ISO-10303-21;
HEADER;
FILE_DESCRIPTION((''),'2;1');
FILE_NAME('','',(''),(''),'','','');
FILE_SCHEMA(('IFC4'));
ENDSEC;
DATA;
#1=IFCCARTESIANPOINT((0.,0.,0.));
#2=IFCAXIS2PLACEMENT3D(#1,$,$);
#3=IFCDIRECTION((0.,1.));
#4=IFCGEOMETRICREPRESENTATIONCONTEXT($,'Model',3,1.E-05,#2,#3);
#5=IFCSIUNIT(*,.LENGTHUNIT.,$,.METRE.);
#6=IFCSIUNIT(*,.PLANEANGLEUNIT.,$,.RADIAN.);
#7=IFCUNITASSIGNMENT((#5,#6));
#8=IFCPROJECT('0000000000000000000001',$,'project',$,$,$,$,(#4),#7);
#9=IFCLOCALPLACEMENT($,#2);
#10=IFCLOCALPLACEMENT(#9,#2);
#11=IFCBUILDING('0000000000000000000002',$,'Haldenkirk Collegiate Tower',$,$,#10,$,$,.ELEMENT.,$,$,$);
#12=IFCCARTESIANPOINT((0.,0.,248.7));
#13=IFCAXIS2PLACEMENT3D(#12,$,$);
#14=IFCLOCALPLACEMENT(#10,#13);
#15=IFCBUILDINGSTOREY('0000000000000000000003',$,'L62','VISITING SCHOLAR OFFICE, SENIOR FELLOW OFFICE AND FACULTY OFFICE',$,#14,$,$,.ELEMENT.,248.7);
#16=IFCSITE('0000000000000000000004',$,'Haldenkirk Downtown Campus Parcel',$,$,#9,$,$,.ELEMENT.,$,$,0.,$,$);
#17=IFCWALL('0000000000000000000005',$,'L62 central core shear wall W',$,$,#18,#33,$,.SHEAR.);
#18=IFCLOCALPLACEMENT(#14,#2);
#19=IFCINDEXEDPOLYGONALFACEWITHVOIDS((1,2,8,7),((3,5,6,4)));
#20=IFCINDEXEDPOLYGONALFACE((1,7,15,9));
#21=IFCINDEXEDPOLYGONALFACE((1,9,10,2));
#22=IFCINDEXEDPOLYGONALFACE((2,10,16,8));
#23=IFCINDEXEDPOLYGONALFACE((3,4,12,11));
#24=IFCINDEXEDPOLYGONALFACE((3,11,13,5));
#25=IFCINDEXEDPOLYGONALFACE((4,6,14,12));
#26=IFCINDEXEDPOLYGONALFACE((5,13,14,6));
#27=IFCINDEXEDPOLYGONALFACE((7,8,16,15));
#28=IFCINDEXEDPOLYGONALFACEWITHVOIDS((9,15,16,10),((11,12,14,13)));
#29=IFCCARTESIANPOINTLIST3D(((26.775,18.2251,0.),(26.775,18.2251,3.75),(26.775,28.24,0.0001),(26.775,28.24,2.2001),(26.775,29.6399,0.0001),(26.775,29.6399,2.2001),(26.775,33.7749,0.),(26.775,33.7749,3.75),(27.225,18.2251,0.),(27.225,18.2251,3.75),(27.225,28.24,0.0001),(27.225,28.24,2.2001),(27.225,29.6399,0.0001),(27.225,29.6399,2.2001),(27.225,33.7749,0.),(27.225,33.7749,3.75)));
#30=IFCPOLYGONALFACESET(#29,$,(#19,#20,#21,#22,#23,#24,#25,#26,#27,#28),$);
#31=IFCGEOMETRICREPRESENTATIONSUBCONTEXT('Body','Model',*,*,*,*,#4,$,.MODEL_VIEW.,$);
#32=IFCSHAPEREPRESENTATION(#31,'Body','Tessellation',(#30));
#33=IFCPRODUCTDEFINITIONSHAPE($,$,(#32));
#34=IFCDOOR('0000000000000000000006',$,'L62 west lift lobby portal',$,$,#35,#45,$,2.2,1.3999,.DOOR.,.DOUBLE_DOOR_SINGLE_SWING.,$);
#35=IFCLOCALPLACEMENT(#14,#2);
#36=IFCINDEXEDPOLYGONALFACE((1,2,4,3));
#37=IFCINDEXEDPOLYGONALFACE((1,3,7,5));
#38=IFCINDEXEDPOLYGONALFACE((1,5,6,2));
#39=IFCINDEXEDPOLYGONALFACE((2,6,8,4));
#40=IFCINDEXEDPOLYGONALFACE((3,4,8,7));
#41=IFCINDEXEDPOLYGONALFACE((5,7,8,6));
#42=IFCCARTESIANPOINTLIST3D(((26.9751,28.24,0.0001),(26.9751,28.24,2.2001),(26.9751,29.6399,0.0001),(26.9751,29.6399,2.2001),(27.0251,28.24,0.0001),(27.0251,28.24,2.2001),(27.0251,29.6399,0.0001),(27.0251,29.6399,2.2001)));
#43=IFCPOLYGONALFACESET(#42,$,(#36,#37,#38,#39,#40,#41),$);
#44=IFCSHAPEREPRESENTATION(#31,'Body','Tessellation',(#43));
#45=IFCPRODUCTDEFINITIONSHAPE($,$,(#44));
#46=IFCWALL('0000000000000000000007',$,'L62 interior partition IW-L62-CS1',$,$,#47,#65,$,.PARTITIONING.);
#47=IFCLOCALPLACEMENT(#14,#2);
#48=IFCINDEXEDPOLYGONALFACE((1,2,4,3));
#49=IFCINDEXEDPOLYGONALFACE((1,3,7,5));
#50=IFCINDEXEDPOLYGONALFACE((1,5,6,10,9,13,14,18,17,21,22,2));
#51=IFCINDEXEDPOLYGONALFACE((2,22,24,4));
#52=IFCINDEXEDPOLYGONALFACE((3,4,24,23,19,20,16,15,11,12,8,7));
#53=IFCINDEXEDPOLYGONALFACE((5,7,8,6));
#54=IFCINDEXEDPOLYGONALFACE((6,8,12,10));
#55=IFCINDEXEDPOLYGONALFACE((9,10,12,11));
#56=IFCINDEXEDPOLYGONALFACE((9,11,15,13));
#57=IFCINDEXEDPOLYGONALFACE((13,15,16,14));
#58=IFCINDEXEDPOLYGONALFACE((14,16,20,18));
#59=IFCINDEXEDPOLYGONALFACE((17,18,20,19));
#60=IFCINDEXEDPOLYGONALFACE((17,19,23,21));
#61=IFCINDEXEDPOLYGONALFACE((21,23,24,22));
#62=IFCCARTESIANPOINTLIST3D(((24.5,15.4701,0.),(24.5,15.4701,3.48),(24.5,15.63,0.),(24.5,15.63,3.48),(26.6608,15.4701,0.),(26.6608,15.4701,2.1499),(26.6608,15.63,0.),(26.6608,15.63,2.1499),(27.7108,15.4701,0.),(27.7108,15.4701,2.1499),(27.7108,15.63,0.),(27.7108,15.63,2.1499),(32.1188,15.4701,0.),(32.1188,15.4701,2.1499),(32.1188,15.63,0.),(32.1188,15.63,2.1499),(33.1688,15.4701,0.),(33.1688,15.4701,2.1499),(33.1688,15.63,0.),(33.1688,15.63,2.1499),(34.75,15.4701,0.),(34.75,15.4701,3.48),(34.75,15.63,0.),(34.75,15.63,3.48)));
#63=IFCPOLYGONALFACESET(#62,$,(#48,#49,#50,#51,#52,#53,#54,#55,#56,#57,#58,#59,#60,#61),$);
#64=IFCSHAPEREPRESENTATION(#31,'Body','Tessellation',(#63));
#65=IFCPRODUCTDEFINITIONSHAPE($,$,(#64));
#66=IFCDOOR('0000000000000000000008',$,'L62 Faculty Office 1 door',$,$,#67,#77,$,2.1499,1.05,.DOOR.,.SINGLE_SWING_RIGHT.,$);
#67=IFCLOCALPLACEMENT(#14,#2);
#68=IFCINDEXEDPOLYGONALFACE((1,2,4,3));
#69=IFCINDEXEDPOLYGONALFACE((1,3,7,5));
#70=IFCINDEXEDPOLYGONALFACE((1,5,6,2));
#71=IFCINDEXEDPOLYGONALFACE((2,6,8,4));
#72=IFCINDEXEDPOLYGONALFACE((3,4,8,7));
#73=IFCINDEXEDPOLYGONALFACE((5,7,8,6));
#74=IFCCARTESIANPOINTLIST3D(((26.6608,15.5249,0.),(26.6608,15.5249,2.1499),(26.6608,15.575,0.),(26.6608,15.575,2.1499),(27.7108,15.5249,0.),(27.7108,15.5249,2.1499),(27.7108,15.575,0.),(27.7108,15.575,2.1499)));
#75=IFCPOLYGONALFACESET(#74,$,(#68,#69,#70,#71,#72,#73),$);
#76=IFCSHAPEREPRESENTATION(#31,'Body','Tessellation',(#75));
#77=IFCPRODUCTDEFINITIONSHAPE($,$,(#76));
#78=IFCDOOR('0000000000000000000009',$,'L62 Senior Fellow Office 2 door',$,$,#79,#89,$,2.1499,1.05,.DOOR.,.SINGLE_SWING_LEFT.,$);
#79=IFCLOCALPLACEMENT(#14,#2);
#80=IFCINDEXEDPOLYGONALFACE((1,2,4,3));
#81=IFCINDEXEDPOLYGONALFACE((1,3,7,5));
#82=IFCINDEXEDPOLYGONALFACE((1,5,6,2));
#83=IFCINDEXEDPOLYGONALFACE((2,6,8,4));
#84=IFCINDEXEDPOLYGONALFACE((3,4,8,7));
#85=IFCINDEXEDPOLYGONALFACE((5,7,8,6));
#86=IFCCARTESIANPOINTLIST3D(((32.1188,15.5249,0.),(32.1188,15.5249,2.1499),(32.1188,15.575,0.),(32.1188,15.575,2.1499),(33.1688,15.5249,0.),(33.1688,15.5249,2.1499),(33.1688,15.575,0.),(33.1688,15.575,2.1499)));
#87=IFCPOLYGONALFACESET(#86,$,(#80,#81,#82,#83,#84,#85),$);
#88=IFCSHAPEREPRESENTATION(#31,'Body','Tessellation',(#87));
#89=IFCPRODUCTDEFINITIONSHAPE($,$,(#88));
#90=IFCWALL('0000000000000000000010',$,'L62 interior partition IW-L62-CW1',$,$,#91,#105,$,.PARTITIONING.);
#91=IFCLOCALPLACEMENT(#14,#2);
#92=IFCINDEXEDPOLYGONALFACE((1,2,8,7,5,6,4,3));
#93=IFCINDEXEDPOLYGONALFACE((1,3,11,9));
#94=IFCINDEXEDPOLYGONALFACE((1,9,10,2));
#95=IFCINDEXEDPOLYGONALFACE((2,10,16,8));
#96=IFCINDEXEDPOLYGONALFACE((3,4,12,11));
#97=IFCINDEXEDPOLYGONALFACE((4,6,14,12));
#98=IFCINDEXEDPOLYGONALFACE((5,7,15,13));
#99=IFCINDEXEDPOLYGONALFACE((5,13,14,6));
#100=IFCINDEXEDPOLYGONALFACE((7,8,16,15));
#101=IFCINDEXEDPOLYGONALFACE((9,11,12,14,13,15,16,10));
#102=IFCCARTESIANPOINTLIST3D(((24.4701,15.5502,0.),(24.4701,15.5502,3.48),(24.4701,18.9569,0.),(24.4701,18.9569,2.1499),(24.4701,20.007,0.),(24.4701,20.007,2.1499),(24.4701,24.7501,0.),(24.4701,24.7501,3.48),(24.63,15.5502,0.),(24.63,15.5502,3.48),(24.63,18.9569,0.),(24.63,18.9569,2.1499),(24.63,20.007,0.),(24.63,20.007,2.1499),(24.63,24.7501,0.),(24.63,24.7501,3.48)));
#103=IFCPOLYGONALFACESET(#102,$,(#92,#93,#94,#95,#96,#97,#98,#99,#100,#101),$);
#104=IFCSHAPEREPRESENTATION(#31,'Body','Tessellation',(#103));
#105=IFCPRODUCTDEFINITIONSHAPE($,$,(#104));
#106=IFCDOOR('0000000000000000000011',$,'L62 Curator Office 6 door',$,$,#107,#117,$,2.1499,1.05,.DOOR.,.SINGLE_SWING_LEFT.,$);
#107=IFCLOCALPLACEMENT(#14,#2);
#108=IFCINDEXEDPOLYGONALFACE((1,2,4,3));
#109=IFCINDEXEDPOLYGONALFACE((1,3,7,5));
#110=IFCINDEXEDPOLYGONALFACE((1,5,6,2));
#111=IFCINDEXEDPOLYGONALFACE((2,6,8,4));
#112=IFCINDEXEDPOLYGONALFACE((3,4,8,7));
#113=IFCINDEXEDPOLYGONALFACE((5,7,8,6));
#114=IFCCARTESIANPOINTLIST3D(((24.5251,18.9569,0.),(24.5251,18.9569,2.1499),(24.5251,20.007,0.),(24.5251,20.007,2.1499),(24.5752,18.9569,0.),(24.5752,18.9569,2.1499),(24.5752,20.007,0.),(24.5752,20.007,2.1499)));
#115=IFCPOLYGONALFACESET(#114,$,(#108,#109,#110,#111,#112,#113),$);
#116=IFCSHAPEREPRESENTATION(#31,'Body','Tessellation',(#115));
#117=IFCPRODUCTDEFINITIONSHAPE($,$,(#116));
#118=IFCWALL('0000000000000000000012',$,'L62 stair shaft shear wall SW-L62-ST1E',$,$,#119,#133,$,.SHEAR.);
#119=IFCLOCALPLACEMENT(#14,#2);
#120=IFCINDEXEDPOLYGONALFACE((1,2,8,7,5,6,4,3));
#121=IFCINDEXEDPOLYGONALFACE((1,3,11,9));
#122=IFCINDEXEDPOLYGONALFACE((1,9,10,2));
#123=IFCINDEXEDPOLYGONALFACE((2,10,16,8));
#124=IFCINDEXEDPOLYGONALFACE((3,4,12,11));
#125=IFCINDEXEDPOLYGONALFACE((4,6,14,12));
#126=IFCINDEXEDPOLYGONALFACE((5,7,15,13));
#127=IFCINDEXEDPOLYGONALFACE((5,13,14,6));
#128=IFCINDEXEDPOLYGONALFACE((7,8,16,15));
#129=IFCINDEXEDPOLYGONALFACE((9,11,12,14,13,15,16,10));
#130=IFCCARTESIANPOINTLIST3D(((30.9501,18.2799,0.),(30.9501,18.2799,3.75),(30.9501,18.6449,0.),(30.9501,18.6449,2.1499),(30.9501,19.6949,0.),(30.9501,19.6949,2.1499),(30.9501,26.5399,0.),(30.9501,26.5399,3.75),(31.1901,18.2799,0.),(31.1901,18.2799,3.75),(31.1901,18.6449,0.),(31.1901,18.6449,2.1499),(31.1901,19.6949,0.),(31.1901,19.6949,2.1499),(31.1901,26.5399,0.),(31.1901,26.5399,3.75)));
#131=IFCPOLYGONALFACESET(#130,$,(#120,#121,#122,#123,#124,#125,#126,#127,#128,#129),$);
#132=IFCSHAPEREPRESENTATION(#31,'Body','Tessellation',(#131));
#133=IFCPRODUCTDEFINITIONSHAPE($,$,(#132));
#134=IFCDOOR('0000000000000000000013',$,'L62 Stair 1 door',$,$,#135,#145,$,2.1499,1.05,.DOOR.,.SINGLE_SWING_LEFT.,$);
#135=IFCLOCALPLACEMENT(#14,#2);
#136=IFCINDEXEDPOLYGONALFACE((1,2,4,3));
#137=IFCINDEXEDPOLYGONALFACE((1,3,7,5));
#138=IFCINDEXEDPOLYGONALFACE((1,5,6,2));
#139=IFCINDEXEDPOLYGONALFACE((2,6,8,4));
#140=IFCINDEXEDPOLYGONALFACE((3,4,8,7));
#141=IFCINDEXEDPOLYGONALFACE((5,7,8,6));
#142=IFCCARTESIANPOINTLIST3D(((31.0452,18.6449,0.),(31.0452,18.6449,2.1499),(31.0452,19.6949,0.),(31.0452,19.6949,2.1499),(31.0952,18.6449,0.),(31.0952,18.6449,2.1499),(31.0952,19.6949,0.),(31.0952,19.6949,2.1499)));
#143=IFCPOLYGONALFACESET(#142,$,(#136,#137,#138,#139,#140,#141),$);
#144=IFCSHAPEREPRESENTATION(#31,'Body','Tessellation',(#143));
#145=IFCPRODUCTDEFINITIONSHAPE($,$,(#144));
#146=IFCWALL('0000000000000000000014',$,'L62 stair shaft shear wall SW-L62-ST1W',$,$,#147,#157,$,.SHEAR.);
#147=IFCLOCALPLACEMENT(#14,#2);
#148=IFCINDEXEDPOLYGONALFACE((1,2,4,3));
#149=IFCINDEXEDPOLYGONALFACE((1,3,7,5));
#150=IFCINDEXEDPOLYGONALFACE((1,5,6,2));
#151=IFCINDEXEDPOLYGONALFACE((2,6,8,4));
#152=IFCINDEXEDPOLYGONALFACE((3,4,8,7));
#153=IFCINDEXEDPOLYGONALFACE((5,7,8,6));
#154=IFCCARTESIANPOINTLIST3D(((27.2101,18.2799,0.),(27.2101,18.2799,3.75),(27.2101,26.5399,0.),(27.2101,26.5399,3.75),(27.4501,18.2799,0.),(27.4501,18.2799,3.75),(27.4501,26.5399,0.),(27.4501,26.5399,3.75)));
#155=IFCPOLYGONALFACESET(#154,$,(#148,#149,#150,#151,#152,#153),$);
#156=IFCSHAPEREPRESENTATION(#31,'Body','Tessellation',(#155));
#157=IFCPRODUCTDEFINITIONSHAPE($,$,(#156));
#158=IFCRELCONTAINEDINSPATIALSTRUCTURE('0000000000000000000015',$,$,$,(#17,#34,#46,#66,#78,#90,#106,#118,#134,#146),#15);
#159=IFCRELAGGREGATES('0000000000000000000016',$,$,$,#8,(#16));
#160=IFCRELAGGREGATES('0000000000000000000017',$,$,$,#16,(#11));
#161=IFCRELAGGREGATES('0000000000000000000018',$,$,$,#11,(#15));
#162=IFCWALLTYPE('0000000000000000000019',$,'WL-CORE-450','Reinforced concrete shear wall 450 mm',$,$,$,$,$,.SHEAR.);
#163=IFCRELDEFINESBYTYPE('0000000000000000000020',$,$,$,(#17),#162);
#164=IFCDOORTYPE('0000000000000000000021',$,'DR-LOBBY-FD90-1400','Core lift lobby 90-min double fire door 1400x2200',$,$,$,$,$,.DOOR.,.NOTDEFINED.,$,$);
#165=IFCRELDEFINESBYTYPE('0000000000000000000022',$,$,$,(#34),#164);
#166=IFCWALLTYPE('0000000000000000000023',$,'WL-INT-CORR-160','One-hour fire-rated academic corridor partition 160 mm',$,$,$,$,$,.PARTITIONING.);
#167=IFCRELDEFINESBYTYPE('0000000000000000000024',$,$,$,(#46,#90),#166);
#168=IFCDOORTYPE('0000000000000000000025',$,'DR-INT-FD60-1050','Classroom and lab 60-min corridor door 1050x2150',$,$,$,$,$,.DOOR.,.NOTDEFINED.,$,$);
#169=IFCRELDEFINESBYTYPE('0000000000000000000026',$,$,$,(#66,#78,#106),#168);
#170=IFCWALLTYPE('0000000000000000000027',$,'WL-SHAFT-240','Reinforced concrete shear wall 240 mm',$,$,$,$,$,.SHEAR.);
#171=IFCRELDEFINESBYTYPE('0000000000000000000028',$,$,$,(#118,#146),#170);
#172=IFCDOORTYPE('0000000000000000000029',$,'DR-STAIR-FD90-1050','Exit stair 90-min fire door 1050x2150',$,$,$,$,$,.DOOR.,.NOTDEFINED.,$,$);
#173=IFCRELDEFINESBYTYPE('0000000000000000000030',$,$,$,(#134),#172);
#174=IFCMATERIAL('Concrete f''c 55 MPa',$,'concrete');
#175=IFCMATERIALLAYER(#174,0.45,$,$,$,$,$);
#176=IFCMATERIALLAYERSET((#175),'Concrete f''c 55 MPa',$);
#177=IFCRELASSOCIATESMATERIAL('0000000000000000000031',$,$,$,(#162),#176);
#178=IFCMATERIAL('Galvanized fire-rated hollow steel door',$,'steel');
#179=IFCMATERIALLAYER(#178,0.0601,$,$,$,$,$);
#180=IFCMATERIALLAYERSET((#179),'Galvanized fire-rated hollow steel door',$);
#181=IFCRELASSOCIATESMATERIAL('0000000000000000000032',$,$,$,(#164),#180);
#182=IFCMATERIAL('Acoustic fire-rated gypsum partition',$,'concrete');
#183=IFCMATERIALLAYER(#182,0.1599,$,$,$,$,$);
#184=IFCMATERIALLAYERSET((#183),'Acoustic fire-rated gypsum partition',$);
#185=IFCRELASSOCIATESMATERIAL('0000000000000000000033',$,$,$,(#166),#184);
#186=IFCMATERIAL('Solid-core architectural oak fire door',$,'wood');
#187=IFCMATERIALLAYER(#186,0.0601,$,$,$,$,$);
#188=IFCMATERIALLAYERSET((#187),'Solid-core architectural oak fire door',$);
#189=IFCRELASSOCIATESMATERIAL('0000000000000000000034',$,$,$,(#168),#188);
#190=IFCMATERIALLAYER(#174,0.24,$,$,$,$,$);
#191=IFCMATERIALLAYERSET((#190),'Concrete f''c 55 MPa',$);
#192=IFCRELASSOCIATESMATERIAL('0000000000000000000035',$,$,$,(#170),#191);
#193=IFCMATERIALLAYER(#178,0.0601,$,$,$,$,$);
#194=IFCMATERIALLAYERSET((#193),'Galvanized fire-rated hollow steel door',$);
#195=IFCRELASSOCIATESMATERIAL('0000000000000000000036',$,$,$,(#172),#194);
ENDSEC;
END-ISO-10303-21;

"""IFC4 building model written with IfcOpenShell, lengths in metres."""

from ifc_helpers import new_model, si_unit, direction, frame, frame_2d, origin, place, context, subcontext, project, spatial, rectangle, extrude, material, layer, layer_set, type_object, element, fill, save


model = new_model("IFC4")

# Units and contexts
model_context = context("Model", 3, precision=1e-05, world=origin(), true_north=direction((0.0, 1.0)))
body_context = subcontext(model_context, "Body", "Model", "MODEL_VIEW")
ifc_project = project(units=[si_unit("LENGTHUNIT", "METRE"), si_unit("PLANEANGLEUNIT", "RADIAN")], contexts=[model_context])

# Site, building, storey
site_placement = place(None, origin())
site = spatial("IfcSite", under=ifc_project, at=site_placement, Name="Haldenkirk Downtown Campus Parcel", CompositionType="ELEMENT", RefElevation=0.0)
building_placement = place(site_placement, origin())
building = spatial("IfcBuilding", under=site, at=building_placement, Name="Haldenkirk Collegiate Tower", CompositionType="ELEMENT")
storey_placement = place(building_placement, frame((0.0, 0.0, 248.7)))
storey = spatial("IfcBuildingStorey", under=building, at=storey_placement, Name="L62", Description="VISITING SCHOLAR OFFICE, SENIOR FELLOW OFFICE AND FACULTY OFFICE", CompositionType="ELEMENT", Elevation=248.7)

# Shared definitions
ifc_material_1 = material(Name="Concrete f'c 55 MPa", Category="concrete")
ifc_layer_1 = layer(ifc_material_1, 0.45)
ifc_layer_set_1 = layer_set([ifc_layer_1], Name="Concrete f'c 55 MPa")
wall_type_1 = type_object("IfcWallType", Name="WL-CORE-450", Description="Reinforced concrete shear wall 450 mm", PredefinedType="SHEAR", material=ifc_layer_set_1)
ifc_material_2 = material(Name="Galvanized fire-rated hollow steel door", Category="steel")

# Wall, opening, door
wall_1_placement = place(storey_placement, frame((27.0, 18.2251, 0.0), z_axis=(0.0, 0.0, 1.0), x_axis=(0.0, 1.0, 0.0)))
wall_1 = element("IfcWall", 1, at=wall_1_placement, inside=storey, type_object=wall_type_1, Name="L62 central core shear wall W", PredefinedType="SHEAR", context=body_context, shape_type="SweptSolid", body=[
    extrude(rectangle(XDim=15.5498, YDim=0.45, at=frame_2d((7.7749, 0.0))), origin(), (0.0, 0.0, 1.0), 3.75),
])
opening_1_placement = place(wall_1_placement, frame((10.0149, 0.0, 0.0)))
opening_1 = element("IfcOpeningElement", 2, at=opening_1_placement, cuts=wall_1, PredefinedType="OPENING", context=body_context, shape_type="SweptSolid", body=[
    extrude(rectangle(XDim=1.3999, YDim=2.2, at=frame_2d((0.7, 1.1001))), frame((0.0, 0.2349, 0.0), z_axis=(0.0, -1.0, 0.0), x_axis=(1.0, 0.0, 0.0)), (0.0, 0.0, 1.0), 0.47),
])
ifc_layer_2 = layer(ifc_material_2, 0.0601)
ifc_layer_set_2 = layer_set([ifc_layer_2], Name="Galvanized fire-rated hollow steel door")
door_type_1 = type_object("IfcDoorType", Name="DR-LOBBY-FD90-1400", Description="Core lift lobby 90-min double fire door 1400x2200", OperationType="NOTDEFINED", PredefinedType="DOOR", material=ifc_layer_set_2)
door_1_placement = place(opening_1_placement, origin())
door_1 = element("IfcDoor", 3, at=door_1_placement, inside=storey, type_object=door_type_1, Name="L62 west lift lobby portal", OperationType="DOUBLE_DOOR_SINGLE_SWING", OverallHeight=2.2, OverallWidth=1.3999, PredefinedType="DOOR", context=body_context, shape_type="SweptSolid", body=[
    extrude(rectangle(XDim=1.3999, YDim=2.2, at=frame_2d((0.7, 1.1001))), frame((0.0, 0.0249, 0.0), z_axis=(0.0, -1.0, 0.0), x_axis=(1.0, 0.0, 0.0)), (0.0, 0.0, 1.0), 0.05),
])
fill(opening_1, door_1)

# Wall, openings, doors
ifc_material_3 = material(Name="Acoustic fire-rated gypsum partition", Category="concrete")
ifc_layer_3 = layer(ifc_material_3, 0.1599)
ifc_layer_set_3 = layer_set([ifc_layer_3], Name="Acoustic fire-rated gypsum partition")
wall_type_2 = type_object("IfcWallType", Name="WL-INT-CORR-160", Description="One-hour fire-rated academic corridor partition 160 mm", PredefinedType="PARTITIONING", material=ifc_layer_set_3)
wall_2_placement = place(storey_placement, frame((24.5, 15.55, 0.0), z_axis=(0.0, 0.0, 1.0), x_axis=(1.0, 0.0, 0.0)))
wall_2 = element("IfcWall", 4, at=wall_2_placement, inside=storey, type_object=wall_type_2, Name="L62 interior partition IW-L62-CS1", PredefinedType="PARTITIONING", context=body_context, shape_type="SweptSolid", body=[
    extrude(rectangle(XDim=10.25, YDim=0.1599, at=frame_2d((5.125, 0.0))), origin(), (0.0, 0.0, 1.0), 3.48),
])
opening_2_placement = place(wall_2_placement, frame((2.1609, 0.0, 0.0)))
opening_2 = element("IfcOpeningElement", 5, at=opening_2_placement, cuts=wall_2, PredefinedType="OPENING", context=body_context, shape_type="SweptSolid", body=[
    extrude(rectangle(XDim=1.05, YDim=2.1499, at=frame_2d((0.5249, 1.075))), frame((0.0, 0.0898, 0.0), z_axis=(0.0, -1.0, 0.0), x_axis=(1.0, 0.0, 0.0)), (0.0, 0.0, 1.0), 0.1799),
])
opening_3_placement = place(wall_2_placement, frame((7.6189, 0.0, 0.0)))
opening_3 = element("IfcOpeningElement", 6, at=opening_3_placement, cuts=wall_2, PredefinedType="OPENING", context=body_context, shape_type="SweptSolid", body=[
    extrude(rectangle(XDim=1.05, YDim=2.1499, at=frame_2d((0.5249, 1.075))), frame((0.0, 0.0898, 0.0), z_axis=(0.0, -1.0, 0.0), x_axis=(1.0, 0.0, 0.0)), (0.0, 0.0, 1.0), 0.1799),
])
ifc_material_4 = material(Name="Solid-core architectural oak fire door", Category="wood")
ifc_layer_4 = layer(ifc_material_4, 0.0601)
ifc_layer_set_4 = layer_set([ifc_layer_4], Name="Solid-core architectural oak fire door")
door_type_2 = type_object("IfcDoorType", Name="DR-INT-FD60-1050", Description="Classroom and lab 60-min corridor door 1050x2150", OperationType="NOTDEFINED", PredefinedType="DOOR", material=ifc_layer_set_4)
door_2_placement = place(opening_2_placement, origin())
door_2 = element("IfcDoor", 7, at=door_2_placement, inside=storey, type_object=door_type_2, Name="L62 Faculty Office 1 door", OperationType="SINGLE_SWING_RIGHT", OverallHeight=2.1499, OverallWidth=1.05, PredefinedType="DOOR", context=body_context, shape_type="SweptSolid", body=[
    extrude(rectangle(XDim=1.05, YDim=2.1499, at=frame_2d((0.5249, 1.075))), frame((0.0, 0.0249, 0.0), z_axis=(0.0, -1.0, 0.0), x_axis=(1.0, 0.0, 0.0)), (0.0, 0.0, 1.0), 0.05),
])
fill(opening_2, door_2)
door_3_placement = place(opening_3_placement, origin())
door_3 = element("IfcDoor", 8, at=door_3_placement, inside=storey, type_object=door_type_2, Name="L62 Senior Fellow Office 2 door", OperationType="SINGLE_SWING_LEFT", OverallHeight=2.1499, OverallWidth=1.05, PredefinedType="DOOR", context=body_context, shape_type="SweptSolid", body=[
    extrude(rectangle(XDim=1.05, YDim=2.1499, at=frame_2d((0.5249, 1.075))), frame((0.0, 0.0249, 0.0), z_axis=(0.0, -1.0, 0.0), x_axis=(1.0, 0.0, 0.0)), (0.0, 0.0, 1.0), 0.05),
])
fill(opening_3, door_3)

# Walls, openings, doors
wall_3_placement = place(storey_placement, frame((24.55, 15.55, 0.0), z_axis=(0.0, 0.0, 1.0), x_axis=(0.0, 1.0, 0.0)))
wall_3 = element("IfcWall", 9, at=wall_3_placement, inside=storey, type_object=wall_type_2, Name="L62 interior partition IW-L62-CW1", PredefinedType="PARTITIONING", context=body_context, shape_type="SweptSolid", body=[
    extrude(rectangle(XDim=9.2, YDim=0.1599, at=frame_2d((4.6001, 0.0))), origin(), (0.0, 0.0, 1.0), 3.48),
])
opening_4_placement = place(wall_3_placement, frame((3.407, 0.0, 0.0)))
opening_4 = element("IfcOpeningElement", 10, at=opening_4_placement, cuts=wall_3, PredefinedType="OPENING", context=body_context, shape_type="SweptSolid", body=[
    extrude(rectangle(XDim=1.05, YDim=2.1499, at=frame_2d((0.5249, 1.075))), frame((0.0, 0.0898, 0.0), z_axis=(0.0, -1.0, 0.0), x_axis=(1.0, 0.0, 0.0)), (0.0, 0.0, 1.0), 0.1799),
])
door_4_placement = place(opening_4_placement, origin())
door_4 = element("IfcDoor", 11, at=door_4_placement, inside=storey, type_object=door_type_2, Name="L62 Curator Office 6 door", OperationType="SINGLE_SWING_LEFT", OverallHeight=2.1499, OverallWidth=1.05, PredefinedType="DOOR", context=body_context, shape_type="SweptSolid", body=[
    extrude(rectangle(XDim=1.05, YDim=2.1499, at=frame_2d((0.5249, 1.075))), frame((0.0, 0.0249, 0.0), z_axis=(0.0, -1.0, 0.0), x_axis=(1.0, 0.0, 0.0)), (0.0, 0.0, 1.0), 0.05),
])
fill(opening_4, door_4)
ifc_layer_5 = layer(ifc_material_1, 0.24)
ifc_layer_set_5 = layer_set([ifc_layer_5], Name="Concrete f'c 55 MPa")
wall_type_3 = type_object("IfcWallType", Name="WL-SHAFT-240", Description="Reinforced concrete shear wall 240 mm", PredefinedType="SHEAR", material=ifc_layer_set_5)
wall_4_placement = place(storey_placement, frame((31.0701, 18.28, 0.0), z_axis=(0.0, 0.0, 1.0), x_axis=(0.0, 1.0, 0.0)))
wall_4 = element("IfcWall", 12, at=wall_4_placement, inside=storey, type_object=wall_type_3, Name="L62 stair shaft shear wall SW-L62-ST1E", PredefinedType="SHEAR", context=body_context, shape_type="SweptSolid", body=[
    extrude(rectangle(XDim=8.26, YDim=0.24, at=frame_2d((4.1299, 0.0))), origin(), (0.0, 0.0, 1.0), 3.75),
])
opening_5_placement = place(wall_4_placement, frame((0.365, 0.0, 0.0)))
opening_5 = element("IfcOpeningElement", 13, at=opening_5_placement, cuts=wall_4, PredefinedType="OPENING", context=body_context, shape_type="SweptSolid", body=[
    extrude(rectangle(XDim=1.05, YDim=2.1499, at=frame_2d((0.5249, 1.075))), frame((0.0, 0.1299, 0.0), z_axis=(0.0, -1.0, 0.0), x_axis=(1.0, 0.0, 0.0)), (0.0, 0.0, 1.0), 0.26),
])
ifc_layer_6 = layer(ifc_material_2, 0.0601)
ifc_layer_set_6 = layer_set([ifc_layer_6], Name="Galvanized fire-rated hollow steel door")
door_type_3 = type_object("IfcDoorType", Name="DR-STAIR-FD90-1050", Description="Exit stair 90-min fire door 1050x2150", OperationType="NOTDEFINED", PredefinedType="DOOR", material=ifc_layer_set_6)
door_5_placement = place(opening_5_placement, origin())
door_5 = element("IfcDoor", 14, at=door_5_placement, inside=storey, type_object=door_type_3, Name="L62 Stair 1 door", OperationType="SINGLE_SWING_LEFT", OverallHeight=2.1499, OverallWidth=1.05, PredefinedType="DOOR", context=body_context, shape_type="SweptSolid", body=[
    extrude(rectangle(XDim=1.05, YDim=2.1499, at=frame_2d((0.5249, 1.075))), frame((0.0, 0.0249, 0.0), z_axis=(0.0, -1.0, 0.0), x_axis=(1.0, 0.0, 0.0)), (0.0, 0.0, 1.0), 0.05),
])
fill(opening_5, door_5)

# Wall
wall_5_placement = place(storey_placement, frame((27.3301, 18.28, 0.0), z_axis=(0.0, 0.0, 1.0), x_axis=(0.0, 1.0, 0.0)))
element("IfcWall", 15, at=wall_5_placement, inside=storey, type_object=wall_type_3, Name="L62 stair shaft shear wall SW-L62-ST1W", PredefinedType="SHEAR", context=body_context, shape_type="SweptSolid", body=[
    extrude(rectangle(XDim=8.26, YDim=0.24, at=frame_2d((4.1299, 0.0))), origin(), (0.0, 0.0, 1.0), 3.75),
])

save(model, "model.ifc")
